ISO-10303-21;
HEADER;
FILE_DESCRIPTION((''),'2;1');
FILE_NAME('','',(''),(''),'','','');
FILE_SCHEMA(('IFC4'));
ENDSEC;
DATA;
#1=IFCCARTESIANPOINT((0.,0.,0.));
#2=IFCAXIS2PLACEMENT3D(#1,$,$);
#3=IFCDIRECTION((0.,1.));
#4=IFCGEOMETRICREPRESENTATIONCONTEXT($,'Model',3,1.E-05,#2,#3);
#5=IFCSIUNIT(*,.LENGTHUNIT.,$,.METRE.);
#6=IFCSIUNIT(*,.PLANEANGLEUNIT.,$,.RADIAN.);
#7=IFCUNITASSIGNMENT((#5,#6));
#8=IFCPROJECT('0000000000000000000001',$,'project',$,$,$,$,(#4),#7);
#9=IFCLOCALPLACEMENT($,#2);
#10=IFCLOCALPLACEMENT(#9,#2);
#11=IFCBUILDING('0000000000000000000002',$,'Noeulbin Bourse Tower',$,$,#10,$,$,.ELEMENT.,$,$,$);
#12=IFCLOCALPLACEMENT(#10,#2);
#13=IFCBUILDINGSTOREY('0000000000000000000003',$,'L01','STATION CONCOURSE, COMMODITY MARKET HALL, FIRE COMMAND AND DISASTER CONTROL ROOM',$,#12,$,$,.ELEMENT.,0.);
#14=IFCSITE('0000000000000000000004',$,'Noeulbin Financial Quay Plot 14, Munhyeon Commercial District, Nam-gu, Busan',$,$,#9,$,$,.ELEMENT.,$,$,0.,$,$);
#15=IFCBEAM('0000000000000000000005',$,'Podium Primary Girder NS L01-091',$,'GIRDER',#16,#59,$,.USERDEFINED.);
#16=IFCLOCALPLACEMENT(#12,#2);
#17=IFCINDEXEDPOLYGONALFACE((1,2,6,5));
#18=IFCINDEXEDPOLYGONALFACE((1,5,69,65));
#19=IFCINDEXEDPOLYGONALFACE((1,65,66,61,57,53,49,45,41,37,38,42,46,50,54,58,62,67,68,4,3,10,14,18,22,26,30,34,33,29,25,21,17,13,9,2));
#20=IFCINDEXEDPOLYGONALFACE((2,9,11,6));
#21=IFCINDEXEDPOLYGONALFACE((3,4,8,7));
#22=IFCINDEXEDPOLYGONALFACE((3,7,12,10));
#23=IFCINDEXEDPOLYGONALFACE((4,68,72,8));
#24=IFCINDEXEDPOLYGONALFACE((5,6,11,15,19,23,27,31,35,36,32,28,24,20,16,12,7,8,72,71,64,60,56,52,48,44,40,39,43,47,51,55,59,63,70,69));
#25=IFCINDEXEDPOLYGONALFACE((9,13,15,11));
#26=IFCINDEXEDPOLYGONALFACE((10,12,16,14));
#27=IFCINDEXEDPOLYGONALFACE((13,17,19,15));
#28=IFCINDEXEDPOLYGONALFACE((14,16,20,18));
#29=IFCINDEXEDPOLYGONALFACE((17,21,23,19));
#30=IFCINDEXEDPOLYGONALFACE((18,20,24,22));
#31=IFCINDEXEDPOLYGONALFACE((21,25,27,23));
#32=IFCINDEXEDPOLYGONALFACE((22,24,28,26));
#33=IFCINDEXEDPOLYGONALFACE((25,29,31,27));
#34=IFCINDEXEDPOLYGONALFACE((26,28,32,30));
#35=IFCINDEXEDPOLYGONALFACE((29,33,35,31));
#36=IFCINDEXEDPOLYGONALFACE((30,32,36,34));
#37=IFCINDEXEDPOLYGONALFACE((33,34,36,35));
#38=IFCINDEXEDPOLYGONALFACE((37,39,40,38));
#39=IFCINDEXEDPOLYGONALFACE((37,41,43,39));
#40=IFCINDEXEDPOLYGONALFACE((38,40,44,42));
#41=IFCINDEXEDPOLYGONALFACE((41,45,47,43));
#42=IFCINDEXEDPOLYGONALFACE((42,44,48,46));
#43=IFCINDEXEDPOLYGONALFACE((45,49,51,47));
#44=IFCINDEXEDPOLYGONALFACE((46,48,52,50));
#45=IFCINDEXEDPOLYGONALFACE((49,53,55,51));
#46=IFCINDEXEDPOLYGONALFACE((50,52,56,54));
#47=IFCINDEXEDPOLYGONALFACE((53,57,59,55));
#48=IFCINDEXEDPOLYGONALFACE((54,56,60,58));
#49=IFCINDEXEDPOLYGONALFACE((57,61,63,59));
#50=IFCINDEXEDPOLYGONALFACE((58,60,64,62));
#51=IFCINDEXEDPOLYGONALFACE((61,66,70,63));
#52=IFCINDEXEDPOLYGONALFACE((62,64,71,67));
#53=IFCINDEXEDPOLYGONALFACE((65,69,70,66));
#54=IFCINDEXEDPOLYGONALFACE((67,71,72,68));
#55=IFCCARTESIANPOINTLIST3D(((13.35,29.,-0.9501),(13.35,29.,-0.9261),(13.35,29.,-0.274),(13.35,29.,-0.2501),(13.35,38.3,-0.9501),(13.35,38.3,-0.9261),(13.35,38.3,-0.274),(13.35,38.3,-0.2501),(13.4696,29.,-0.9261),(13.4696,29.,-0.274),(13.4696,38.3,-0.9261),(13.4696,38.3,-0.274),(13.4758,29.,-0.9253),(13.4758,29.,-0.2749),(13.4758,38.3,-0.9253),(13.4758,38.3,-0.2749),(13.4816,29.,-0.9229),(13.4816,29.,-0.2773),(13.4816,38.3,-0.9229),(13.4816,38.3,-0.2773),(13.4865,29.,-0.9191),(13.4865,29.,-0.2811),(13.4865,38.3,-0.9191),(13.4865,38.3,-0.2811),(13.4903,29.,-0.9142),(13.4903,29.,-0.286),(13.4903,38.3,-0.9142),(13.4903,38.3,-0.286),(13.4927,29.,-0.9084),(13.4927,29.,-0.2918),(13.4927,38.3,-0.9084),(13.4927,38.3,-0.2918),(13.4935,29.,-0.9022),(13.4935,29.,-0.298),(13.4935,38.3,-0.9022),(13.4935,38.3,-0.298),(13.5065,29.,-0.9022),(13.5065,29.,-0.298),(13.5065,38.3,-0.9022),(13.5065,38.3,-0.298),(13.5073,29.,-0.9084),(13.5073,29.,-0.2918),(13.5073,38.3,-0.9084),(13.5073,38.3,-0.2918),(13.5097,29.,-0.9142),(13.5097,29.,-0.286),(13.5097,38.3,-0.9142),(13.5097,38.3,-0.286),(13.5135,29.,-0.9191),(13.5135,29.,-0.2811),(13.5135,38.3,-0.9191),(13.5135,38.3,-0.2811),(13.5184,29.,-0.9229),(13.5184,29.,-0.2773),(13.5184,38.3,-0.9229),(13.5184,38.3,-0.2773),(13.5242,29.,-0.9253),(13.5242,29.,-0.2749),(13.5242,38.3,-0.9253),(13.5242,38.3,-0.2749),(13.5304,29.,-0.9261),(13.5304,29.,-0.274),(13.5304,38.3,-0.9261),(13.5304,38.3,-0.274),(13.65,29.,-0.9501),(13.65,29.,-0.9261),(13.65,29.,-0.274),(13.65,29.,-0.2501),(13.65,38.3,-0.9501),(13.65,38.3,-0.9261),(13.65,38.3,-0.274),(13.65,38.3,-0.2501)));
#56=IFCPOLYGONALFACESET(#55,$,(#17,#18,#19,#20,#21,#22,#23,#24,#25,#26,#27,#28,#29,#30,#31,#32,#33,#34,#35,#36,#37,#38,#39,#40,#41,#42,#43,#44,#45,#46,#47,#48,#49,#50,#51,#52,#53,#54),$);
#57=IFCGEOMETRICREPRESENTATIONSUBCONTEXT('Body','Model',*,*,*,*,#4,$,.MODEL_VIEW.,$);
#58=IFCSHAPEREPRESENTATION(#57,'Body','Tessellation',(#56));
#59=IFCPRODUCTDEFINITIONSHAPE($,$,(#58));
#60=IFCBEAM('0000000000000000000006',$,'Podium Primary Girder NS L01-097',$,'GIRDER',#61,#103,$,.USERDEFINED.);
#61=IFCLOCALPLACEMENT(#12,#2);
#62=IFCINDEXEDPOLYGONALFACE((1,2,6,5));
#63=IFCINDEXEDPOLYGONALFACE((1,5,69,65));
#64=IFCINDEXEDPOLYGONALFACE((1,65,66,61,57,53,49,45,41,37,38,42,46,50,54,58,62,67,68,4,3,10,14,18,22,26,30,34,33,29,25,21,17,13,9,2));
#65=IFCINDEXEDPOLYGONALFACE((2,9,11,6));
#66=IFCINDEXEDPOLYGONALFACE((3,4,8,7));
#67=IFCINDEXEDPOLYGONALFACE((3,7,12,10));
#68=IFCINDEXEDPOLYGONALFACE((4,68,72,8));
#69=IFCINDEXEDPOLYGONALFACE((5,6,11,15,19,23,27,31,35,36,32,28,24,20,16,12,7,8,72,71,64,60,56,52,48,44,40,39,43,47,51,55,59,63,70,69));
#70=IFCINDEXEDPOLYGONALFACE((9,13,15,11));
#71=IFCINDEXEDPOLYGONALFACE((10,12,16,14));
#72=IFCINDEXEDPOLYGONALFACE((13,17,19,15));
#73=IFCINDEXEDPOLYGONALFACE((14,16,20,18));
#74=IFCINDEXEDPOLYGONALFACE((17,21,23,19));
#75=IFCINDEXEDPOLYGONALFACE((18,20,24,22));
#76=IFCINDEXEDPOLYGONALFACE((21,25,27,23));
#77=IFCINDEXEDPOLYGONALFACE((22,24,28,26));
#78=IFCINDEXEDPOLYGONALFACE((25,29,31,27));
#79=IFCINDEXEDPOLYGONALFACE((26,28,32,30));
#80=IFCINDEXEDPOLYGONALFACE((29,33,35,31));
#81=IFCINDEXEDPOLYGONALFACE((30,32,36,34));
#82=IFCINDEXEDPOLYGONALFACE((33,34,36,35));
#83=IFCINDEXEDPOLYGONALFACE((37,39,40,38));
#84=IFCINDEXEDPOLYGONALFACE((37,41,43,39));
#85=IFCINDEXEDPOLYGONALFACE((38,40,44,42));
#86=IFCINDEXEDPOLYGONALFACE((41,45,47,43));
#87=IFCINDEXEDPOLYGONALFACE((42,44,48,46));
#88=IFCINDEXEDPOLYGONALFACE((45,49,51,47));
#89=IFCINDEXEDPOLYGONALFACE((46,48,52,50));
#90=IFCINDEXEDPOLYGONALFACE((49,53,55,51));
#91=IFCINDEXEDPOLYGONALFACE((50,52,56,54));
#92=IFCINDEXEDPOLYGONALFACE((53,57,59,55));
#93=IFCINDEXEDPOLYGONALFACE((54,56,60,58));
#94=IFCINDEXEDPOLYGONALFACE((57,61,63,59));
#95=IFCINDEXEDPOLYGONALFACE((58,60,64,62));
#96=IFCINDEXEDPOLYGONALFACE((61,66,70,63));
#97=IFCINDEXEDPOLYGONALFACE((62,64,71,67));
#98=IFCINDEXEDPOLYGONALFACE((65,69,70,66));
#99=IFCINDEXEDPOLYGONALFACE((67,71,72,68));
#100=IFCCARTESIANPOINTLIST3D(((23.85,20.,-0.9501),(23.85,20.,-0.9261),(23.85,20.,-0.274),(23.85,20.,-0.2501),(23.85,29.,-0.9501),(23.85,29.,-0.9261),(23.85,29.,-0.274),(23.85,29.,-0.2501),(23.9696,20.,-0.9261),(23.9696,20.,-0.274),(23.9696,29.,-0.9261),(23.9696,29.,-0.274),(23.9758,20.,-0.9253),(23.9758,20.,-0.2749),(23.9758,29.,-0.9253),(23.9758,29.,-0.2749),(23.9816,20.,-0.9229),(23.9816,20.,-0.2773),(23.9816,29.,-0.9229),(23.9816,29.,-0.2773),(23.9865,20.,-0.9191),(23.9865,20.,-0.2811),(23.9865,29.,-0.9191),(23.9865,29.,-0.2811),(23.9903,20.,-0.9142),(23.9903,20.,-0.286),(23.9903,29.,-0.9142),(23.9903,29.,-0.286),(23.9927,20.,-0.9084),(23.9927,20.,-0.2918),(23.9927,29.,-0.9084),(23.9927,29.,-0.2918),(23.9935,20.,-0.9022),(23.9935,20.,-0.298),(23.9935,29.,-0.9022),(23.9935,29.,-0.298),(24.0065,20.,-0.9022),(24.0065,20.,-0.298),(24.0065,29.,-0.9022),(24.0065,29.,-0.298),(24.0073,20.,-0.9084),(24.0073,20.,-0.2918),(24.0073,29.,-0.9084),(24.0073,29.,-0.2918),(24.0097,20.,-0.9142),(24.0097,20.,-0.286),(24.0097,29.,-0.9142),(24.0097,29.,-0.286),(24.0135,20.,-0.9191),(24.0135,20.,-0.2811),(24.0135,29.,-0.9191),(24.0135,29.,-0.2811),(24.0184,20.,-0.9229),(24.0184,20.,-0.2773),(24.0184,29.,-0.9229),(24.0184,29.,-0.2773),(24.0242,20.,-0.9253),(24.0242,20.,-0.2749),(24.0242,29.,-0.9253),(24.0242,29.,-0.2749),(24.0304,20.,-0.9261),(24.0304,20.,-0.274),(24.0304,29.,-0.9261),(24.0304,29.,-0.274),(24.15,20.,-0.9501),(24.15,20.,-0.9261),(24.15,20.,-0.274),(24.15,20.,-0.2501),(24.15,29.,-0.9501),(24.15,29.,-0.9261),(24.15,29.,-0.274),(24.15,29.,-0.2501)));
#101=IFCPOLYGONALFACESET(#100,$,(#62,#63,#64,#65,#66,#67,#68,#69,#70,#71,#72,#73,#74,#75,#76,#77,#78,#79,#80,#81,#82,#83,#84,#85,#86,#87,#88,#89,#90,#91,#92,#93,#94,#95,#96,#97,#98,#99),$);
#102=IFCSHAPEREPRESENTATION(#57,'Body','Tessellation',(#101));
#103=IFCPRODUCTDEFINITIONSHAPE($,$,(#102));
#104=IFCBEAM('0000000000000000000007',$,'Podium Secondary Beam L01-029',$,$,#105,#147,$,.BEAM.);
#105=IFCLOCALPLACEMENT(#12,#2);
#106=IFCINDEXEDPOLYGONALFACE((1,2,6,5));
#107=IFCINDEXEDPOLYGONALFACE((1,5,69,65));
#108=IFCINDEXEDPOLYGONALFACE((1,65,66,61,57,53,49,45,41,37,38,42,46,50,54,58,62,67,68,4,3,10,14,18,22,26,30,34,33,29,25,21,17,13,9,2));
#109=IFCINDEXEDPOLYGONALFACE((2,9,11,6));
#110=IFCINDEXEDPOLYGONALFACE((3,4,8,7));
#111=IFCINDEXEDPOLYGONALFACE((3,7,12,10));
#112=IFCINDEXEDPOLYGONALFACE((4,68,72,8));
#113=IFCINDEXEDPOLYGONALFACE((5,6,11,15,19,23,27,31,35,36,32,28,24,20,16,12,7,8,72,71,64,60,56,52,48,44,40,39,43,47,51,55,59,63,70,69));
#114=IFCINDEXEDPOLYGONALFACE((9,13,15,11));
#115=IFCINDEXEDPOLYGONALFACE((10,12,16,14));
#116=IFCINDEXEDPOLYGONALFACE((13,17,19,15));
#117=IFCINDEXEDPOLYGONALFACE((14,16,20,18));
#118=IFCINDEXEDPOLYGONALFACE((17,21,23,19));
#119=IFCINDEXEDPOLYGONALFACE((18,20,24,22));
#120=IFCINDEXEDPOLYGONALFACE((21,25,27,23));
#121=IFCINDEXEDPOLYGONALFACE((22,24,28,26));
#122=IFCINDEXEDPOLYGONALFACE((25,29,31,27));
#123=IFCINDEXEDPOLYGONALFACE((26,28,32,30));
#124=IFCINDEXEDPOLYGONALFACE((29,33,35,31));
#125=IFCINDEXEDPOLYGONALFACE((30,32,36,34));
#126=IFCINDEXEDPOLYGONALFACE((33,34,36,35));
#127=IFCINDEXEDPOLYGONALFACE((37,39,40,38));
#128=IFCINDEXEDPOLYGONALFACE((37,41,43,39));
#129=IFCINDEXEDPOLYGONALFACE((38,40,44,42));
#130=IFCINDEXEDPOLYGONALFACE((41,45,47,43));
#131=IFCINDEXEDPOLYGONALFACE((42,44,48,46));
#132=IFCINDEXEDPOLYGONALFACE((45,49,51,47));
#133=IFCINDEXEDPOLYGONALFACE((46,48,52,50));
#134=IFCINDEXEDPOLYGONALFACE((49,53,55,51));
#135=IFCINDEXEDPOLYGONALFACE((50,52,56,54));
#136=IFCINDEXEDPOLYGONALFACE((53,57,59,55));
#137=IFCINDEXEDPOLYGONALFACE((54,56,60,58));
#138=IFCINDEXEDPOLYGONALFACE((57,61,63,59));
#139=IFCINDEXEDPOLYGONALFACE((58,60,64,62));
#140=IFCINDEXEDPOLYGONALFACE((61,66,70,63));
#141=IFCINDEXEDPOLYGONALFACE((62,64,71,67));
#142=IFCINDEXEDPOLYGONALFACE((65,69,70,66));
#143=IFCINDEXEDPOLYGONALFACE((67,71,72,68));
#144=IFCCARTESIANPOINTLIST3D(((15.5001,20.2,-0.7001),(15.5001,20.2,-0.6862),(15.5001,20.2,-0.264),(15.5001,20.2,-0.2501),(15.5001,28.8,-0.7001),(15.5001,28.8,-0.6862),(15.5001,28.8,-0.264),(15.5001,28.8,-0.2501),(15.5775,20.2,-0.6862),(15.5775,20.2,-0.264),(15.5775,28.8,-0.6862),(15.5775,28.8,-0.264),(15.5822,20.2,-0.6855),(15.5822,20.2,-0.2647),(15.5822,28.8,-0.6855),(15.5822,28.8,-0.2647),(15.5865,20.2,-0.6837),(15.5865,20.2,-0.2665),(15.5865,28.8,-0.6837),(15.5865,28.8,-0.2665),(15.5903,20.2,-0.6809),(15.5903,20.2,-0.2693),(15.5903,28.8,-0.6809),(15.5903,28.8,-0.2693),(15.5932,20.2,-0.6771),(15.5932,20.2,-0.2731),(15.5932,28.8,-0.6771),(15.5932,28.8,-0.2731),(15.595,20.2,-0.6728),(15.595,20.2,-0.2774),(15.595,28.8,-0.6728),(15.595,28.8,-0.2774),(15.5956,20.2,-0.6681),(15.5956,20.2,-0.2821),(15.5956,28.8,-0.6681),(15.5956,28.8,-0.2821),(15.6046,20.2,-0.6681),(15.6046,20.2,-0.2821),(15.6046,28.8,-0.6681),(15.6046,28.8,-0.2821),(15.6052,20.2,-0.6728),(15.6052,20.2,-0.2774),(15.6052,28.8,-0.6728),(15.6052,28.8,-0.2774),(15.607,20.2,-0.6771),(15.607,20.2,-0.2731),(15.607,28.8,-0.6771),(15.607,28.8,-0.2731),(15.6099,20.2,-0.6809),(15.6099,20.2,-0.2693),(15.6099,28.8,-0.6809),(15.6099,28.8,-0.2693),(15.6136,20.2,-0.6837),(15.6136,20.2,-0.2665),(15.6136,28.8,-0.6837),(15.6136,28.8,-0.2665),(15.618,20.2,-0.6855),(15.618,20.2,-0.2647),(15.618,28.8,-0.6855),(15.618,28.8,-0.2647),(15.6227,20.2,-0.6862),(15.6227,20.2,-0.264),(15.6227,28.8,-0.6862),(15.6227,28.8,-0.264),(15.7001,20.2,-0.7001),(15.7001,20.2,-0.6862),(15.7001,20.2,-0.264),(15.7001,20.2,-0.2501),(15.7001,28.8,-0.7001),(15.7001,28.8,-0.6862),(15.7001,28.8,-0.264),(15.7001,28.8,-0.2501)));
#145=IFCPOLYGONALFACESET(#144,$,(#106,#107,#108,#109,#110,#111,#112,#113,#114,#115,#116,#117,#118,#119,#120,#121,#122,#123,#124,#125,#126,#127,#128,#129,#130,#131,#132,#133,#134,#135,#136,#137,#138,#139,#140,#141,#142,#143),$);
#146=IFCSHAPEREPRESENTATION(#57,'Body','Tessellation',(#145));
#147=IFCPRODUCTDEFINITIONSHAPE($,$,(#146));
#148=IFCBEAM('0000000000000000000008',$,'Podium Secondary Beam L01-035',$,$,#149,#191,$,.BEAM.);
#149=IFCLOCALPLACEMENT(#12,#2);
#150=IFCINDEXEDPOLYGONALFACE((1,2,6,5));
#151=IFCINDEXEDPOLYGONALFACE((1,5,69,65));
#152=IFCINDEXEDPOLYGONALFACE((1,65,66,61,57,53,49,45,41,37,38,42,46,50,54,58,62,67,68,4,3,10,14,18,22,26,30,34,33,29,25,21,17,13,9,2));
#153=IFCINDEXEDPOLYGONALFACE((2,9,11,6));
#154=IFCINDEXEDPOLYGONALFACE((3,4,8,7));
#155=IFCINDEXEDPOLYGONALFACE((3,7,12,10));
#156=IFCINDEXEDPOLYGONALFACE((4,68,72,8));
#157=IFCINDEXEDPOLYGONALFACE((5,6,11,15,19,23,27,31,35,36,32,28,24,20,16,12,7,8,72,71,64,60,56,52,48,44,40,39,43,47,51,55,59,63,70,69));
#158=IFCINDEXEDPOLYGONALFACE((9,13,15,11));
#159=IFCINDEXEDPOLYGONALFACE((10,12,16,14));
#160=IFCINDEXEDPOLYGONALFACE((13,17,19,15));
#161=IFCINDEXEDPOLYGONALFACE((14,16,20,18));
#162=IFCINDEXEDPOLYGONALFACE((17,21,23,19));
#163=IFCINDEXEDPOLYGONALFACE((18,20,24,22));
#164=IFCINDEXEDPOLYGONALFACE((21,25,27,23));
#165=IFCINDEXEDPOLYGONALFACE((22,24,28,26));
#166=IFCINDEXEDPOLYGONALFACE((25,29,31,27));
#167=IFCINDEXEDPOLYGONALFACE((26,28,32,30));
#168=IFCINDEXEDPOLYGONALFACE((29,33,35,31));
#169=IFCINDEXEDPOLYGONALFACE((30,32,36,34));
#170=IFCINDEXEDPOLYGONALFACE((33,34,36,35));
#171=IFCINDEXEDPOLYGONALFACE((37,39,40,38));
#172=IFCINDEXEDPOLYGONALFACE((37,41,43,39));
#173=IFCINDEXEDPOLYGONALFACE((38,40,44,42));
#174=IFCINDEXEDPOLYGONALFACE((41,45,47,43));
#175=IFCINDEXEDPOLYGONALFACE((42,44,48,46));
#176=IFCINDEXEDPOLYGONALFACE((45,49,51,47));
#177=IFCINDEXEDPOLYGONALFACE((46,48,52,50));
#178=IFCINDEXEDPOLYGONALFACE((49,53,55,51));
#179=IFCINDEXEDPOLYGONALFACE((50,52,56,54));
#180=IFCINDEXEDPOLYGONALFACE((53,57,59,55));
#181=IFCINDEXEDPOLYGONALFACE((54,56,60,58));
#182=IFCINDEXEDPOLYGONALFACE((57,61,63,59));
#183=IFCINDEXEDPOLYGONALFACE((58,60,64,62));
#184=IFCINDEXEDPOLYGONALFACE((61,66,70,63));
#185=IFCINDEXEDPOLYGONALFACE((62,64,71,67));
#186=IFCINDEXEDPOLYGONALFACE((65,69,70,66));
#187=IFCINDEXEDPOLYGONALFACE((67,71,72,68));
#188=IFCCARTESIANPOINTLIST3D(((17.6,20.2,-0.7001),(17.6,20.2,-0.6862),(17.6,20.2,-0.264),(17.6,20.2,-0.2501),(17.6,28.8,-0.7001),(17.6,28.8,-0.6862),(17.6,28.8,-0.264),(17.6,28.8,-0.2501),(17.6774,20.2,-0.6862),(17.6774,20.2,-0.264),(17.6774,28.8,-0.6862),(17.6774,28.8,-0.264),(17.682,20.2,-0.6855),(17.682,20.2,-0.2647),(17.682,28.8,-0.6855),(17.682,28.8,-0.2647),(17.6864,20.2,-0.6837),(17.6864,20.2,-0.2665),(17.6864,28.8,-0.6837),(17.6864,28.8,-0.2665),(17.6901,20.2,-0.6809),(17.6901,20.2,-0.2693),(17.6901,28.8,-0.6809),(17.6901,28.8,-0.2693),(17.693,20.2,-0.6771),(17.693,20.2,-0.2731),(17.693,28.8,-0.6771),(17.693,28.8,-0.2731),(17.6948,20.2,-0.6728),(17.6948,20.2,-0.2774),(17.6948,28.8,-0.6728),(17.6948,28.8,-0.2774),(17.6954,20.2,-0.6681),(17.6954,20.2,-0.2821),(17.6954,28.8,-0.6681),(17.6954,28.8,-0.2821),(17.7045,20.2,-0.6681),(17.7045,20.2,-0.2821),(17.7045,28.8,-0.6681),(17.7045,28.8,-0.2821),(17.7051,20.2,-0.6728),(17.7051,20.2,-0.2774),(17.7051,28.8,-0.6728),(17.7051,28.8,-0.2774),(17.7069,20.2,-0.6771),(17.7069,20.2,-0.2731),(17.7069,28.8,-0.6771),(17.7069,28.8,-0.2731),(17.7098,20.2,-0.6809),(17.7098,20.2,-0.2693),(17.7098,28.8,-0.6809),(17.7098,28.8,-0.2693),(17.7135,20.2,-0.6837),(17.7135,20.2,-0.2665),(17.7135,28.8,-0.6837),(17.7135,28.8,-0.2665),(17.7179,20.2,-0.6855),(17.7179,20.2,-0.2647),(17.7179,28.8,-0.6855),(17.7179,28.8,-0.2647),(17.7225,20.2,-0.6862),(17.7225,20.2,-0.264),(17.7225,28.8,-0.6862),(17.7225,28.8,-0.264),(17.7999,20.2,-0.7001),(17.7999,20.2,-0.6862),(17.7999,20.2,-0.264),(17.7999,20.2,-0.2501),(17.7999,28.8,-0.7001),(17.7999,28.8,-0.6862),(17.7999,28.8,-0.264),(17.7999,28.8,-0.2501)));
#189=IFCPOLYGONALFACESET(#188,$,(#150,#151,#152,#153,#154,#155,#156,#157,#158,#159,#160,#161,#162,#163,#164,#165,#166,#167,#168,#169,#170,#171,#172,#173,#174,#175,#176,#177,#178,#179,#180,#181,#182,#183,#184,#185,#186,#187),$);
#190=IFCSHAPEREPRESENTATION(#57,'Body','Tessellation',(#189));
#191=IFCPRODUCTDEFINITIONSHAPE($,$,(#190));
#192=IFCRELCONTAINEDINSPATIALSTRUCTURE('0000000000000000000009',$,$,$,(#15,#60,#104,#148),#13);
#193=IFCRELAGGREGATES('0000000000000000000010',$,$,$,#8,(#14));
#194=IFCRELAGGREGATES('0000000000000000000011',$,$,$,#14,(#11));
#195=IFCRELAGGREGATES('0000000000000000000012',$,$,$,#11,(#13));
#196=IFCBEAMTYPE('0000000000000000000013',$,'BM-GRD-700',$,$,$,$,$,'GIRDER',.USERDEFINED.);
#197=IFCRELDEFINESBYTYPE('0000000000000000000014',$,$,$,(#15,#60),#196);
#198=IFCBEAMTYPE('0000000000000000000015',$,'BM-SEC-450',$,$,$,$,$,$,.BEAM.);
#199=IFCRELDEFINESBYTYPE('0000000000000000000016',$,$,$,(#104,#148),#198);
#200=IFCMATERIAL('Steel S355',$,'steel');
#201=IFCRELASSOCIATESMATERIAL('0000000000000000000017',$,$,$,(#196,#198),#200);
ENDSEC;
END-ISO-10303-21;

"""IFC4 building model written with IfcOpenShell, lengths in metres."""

from ifc_helpers import new_model, si_unit, direction, frame, origin, origin_2d, place, context, subcontext, project, spatial, i_section, extrude, material, material_profile, profile_set, type_object, element, save


model = new_model("IFC4")

# Units and contexts
model_context = context("Model", 3, precision=1e-05, world=origin(), true_north=direction((0.0, 1.0)))
body_context = subcontext(model_context, "Body", "Model", "MODEL_VIEW")
ifc_project = project(units=[si_unit("LENGTHUNIT", "METRE"), si_unit("PLANEANGLEUNIT", "RADIAN")], contexts=[model_context])

# Site, building, storey
site_placement = place(None, origin())
site = spatial("IfcSite", under=ifc_project, at=site_placement, Name="Noeulbin Financial Quay Plot 14, Munhyeon Commercial District, Nam-gu, Busan", CompositionType="ELEMENT", RefElevation=0.0)
building_placement = place(site_placement, origin())
building = spatial("IfcBuilding", under=site, at=building_placement, Name="Noeulbin Bourse Tower", CompositionType="ELEMENT")
storey_placement = place(building_placement, origin())
storey = spatial("IfcBuildingStorey", under=building, at=storey_placement, Name="L01", Description="STATION CONCOURSE, COMMODITY MARKET HALL, FIRE COMMAND AND DISASTER CONTROL ROOM", CompositionType="ELEMENT", Elevation=0.0)

# Beams
ifc_material_1 = material(Name="Steel S355", Category="steel")
ifc_material_profile_1 = material_profile(ifc_material_1, i_section(OverallWidth=0.3, OverallDepth=0.7, WebThickness=0.0129, FlangeThickness=0.0239, FilletRadius=0.0239, at=origin_2d()), Name="H-700x300x13x24", Category="LoadBearing")
ifc_profile_set_1 = profile_set([ifc_material_profile_1], Name="Steel S355")
beam_type_1 = type_object("IfcBeamType", Name="BM-GRD-700", ElementType="GIRDER", PredefinedType="USERDEFINED", material=ifc_profile_set_1)
beam_1_placement = place(storey_placement, frame((13.5, 29.0, -0.6001), z_axis=(0.0, 1.0, 0.0), x_axis=(-1.0, 0.0, 0.0)))
element("IfcBeam", 1, at=beam_1_placement, inside=storey, type_object=beam_type_1, Name="Podium Primary Girder NS L01-091", ObjectType="GIRDER", PredefinedType="USERDEFINED", context=body_context, shape_type="SweptSolid", body=[
    extrude(i_section(OverallWidth=0.3, OverallDepth=0.7, WebThickness=0.0129, FlangeThickness=0.0239, FilletRadius=0.0239, at=origin_2d()), origin(), (0.0, 0.0, 1.0), 9.3),
])
beam_2_placement = place(storey_placement, frame((24.0, 20.0, -0.6001), z_axis=(0.0, 1.0, 0.0), x_axis=(-1.0, 0.0, 0.0)))
element("IfcBeam", 2, at=beam_2_placement, inside=storey, type_object=beam_type_1, Name="Podium Primary Girder NS L01-097", ObjectType="GIRDER", PredefinedType="USERDEFINED", context=body_context, shape_type="SweptSolid", body=[
    extrude(i_section(OverallWidth=0.3, OverallDepth=0.7, WebThickness=0.0129, FlangeThickness=0.0239, FilletRadius=0.0239, at=origin_2d()), origin(), (0.0, 0.0, 1.0), 9.0),
])
ifc_material_profile_2 = material_profile(ifc_material_1, i_section(OverallWidth=0.2, OverallDepth=0.45, WebThickness=0.009, FlangeThickness=0.0139, FilletRadius=0.0181, at=origin_2d()), Name="H-450x200x9x14", Category="LoadBearing")
ifc_profile_set_2 = profile_set([ifc_material_profile_2], Name="Steel S355")
beam_type_2 = type_object("IfcBeamType", Name="BM-SEC-450", PredefinedType="BEAM", material=ifc_profile_set_2)
for number, where, z_axis, x_axis, name in (
    (3, (15.6001, 20.2, -0.4751), (0.0, 1.0, 0.0), (-1.0, 0.0, 0.0), "Podium Secondary Beam L01-029"),
    (4, (17.7, 20.2, -0.4751), (0.0, 1.0, 0.0), (-1.0, 0.0, 0.0), "Podium Secondary Beam L01-035"),
):
    element("IfcBeam", number, at=place(storey_placement, frame(where, z_axis=z_axis, x_axis=x_axis)), inside=storey, type_object=beam_type_2, Name=name, PredefinedType="BEAM", context=body_context, shape_type="SweptSolid", body=[
        extrude(i_section(OverallWidth=0.2, OverallDepth=0.45, WebThickness=0.009, FlangeThickness=0.0139, FilletRadius=0.0181, at=origin_2d()), origin(), (0.0, 0.0, 1.0), 8.6001),
    ])

save(model, "model.ifc")
